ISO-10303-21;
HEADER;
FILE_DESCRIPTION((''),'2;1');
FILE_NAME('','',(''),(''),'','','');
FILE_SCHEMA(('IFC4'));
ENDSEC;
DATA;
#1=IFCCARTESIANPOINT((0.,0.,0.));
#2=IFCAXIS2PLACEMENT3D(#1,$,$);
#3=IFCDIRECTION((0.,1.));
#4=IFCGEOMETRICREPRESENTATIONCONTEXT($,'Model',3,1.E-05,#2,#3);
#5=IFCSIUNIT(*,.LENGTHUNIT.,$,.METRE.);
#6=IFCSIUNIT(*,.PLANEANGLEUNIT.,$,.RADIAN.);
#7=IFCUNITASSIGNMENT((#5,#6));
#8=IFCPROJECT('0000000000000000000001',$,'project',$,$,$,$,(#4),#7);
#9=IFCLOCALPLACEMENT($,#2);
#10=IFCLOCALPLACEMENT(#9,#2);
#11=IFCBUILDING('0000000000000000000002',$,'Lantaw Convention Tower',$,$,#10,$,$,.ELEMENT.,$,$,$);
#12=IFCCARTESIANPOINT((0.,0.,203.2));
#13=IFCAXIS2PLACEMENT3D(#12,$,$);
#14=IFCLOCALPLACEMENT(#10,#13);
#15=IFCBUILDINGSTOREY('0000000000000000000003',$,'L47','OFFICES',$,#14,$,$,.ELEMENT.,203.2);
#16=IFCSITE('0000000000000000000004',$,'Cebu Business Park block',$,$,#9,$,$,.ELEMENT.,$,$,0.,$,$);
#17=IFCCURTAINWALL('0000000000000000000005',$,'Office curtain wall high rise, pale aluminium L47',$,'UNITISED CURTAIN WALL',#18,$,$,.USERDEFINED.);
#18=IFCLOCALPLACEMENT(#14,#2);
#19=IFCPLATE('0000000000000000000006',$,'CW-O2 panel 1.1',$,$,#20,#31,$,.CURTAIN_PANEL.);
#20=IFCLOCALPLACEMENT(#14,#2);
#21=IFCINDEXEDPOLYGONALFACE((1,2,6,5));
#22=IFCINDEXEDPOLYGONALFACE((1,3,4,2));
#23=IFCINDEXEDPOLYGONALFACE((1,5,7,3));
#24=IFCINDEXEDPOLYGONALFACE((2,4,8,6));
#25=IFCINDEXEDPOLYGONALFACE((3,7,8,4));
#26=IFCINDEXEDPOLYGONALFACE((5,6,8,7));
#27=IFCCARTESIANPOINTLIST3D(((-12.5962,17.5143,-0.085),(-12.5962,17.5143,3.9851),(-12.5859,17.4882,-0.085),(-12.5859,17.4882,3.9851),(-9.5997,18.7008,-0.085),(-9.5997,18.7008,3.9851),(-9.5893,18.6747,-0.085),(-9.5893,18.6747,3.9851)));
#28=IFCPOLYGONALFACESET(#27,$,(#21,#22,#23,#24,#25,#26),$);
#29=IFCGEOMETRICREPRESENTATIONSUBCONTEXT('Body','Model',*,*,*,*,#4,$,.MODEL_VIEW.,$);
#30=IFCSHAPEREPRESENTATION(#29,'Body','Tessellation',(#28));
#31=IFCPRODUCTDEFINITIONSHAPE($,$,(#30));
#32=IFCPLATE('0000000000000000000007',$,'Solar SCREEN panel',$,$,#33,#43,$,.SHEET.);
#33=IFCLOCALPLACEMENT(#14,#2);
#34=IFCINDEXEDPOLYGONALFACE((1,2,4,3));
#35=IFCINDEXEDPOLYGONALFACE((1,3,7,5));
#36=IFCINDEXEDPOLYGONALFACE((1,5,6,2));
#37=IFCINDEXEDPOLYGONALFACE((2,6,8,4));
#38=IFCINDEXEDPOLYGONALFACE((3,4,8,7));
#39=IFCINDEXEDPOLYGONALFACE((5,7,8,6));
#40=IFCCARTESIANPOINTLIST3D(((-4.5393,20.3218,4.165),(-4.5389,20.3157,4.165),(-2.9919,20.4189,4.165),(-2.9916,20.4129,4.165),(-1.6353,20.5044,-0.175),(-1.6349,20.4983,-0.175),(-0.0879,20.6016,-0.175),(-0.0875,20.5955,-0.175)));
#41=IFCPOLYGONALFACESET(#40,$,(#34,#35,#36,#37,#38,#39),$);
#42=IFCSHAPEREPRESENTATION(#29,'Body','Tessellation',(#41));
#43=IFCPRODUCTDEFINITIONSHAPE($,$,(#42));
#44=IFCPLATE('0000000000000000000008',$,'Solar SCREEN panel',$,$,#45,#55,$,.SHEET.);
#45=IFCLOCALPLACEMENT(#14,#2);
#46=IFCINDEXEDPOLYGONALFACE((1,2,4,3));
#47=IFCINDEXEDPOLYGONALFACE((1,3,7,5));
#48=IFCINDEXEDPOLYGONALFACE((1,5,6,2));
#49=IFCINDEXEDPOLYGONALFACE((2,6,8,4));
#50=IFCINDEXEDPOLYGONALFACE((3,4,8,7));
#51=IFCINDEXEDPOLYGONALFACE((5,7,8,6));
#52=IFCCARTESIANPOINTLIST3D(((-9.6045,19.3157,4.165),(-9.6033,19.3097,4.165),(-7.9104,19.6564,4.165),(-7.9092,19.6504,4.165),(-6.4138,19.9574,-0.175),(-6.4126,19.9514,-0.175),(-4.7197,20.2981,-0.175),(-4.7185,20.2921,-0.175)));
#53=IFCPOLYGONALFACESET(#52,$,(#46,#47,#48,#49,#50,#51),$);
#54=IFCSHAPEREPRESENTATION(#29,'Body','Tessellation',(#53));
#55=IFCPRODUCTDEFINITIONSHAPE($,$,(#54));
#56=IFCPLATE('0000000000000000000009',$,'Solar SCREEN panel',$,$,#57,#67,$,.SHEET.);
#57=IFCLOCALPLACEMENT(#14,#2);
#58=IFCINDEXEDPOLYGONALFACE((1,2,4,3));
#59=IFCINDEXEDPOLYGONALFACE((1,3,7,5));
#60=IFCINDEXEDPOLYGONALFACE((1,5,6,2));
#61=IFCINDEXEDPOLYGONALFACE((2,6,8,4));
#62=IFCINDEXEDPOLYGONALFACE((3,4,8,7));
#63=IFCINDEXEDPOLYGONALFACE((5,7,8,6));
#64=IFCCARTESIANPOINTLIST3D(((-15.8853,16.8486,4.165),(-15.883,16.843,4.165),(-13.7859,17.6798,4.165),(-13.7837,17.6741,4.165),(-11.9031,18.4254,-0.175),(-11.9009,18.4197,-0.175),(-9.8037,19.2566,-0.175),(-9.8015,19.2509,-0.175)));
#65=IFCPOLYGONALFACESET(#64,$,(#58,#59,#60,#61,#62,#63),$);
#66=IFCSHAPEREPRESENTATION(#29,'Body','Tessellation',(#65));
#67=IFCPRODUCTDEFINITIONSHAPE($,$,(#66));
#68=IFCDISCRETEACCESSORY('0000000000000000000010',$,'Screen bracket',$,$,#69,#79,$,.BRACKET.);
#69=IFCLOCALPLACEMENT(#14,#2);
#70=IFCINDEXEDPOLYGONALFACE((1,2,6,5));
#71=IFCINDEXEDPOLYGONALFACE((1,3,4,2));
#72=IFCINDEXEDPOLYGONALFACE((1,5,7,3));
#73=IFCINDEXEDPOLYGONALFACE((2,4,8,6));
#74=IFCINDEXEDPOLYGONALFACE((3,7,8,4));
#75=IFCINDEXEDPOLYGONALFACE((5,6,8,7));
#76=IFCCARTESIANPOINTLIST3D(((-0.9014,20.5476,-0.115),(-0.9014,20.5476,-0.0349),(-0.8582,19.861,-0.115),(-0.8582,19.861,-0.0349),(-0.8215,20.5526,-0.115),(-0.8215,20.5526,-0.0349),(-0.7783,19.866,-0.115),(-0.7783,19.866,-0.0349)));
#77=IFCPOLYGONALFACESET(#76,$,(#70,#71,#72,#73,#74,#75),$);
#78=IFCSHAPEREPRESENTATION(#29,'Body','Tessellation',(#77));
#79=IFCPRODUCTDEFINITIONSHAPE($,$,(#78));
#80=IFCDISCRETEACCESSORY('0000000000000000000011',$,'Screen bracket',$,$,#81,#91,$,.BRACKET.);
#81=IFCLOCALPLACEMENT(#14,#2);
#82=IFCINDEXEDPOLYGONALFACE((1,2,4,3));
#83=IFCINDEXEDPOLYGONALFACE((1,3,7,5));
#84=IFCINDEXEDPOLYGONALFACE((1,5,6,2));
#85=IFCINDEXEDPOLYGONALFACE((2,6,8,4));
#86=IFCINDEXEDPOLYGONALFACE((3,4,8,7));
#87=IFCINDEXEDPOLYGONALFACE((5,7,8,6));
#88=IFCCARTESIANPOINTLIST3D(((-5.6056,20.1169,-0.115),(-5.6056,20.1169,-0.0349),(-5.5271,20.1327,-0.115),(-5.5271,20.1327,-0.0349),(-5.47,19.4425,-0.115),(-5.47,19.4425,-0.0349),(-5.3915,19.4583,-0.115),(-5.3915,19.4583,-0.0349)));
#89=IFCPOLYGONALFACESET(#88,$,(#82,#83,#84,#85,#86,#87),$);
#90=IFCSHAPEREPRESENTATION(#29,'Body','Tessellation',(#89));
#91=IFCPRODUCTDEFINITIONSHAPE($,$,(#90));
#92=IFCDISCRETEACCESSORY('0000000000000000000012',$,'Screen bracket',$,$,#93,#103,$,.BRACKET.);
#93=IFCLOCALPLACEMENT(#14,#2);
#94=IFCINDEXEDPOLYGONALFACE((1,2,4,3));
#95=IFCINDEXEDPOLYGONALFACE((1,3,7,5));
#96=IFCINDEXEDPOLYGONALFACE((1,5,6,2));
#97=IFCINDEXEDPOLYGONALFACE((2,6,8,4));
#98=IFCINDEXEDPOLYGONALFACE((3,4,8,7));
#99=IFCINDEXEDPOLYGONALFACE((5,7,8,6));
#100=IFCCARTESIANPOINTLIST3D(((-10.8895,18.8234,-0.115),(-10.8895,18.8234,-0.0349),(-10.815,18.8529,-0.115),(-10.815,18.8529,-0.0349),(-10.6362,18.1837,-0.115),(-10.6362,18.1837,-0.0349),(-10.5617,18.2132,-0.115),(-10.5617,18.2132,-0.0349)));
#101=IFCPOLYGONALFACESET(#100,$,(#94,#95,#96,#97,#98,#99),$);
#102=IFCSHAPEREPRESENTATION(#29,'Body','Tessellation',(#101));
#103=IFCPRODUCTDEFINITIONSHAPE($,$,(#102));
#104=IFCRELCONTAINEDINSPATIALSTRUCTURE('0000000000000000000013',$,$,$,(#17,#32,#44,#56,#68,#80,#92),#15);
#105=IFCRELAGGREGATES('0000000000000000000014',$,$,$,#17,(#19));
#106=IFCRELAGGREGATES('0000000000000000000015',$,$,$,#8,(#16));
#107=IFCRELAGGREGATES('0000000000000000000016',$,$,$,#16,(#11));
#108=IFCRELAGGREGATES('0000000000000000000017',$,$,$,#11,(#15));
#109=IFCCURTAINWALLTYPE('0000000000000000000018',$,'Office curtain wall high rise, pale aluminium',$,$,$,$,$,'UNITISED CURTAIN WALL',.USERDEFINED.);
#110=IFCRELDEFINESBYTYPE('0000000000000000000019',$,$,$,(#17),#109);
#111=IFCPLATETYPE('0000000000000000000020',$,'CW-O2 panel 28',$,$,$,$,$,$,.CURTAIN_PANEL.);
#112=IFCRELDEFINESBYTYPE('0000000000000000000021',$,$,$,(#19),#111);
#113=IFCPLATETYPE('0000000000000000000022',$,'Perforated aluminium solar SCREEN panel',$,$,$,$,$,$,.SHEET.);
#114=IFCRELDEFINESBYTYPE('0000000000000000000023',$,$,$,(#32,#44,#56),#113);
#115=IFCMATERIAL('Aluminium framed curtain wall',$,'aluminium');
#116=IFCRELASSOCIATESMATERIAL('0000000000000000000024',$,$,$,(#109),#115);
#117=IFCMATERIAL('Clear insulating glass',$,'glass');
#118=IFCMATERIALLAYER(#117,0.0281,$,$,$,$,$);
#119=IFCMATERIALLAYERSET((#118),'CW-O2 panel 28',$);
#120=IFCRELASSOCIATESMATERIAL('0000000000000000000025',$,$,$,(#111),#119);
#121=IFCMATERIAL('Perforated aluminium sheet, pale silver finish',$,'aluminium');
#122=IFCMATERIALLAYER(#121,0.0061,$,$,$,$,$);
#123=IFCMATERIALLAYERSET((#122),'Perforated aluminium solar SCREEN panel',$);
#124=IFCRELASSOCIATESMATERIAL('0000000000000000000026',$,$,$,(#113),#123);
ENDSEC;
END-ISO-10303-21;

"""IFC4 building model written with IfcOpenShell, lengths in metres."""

from ifc_helpers import new_model, si_unit, direction, frame, origin, origin_2d, place, context, subcontext, project, spatial, polyline, rectangle, outline, extrude, material, layer, layer_set, type_object, element, aggregate, save


model = new_model("IFC4")

# Units and contexts
model_context = context("Model", 3, precision=1e-05, world=origin(), true_north=direction((0.0, 1.0)))
body_context = subcontext(model_context, "Body", "Model", "MODEL_VIEW")
ifc_project = project(units=[si_unit("LENGTHUNIT", "METRE"), si_unit("PLANEANGLEUNIT", "RADIAN")], contexts=[model_context])

# Site, building, storey
site_placement = place(None, origin())
site = spatial("IfcSite", under=ifc_project, at=site_placement, Name="Cebu Business Park block", CompositionType="ELEMENT", RefElevation=0.0)
building_placement = place(site_placement, origin())
building = spatial("IfcBuilding", under=site, at=building_placement, Name="Lantaw Convention Tower", CompositionType="ELEMENT")
storey_placement = place(building_placement, frame((0.0, 0.0, 203.2)))
storey = spatial("IfcBuildingStorey", under=building, at=storey_placement, Name="L47", Description="OFFICES", CompositionType="ELEMENT", Elevation=203.2)

# Shared definitions
ifc_material_1 = material(Name="Aluminium framed curtain wall", Category="aluminium")
curtain_wall_type = type_object("IfcCurtainWallType", Name="Office curtain wall high rise, pale aluminium", ElementType="UNITISED CURTAIN WALL", PredefinedType="USERDEFINED", material=ifc_material_1)

# Curtain wall
curtain_wall_1_placement = place(storey_placement, origin())
curtain_wall_1 = element("IfcCurtainWall", 1, at=curtain_wall_1_placement, inside=storey, type_object=curtain_wall_type, Name="Office curtain wall high rise, pale aluminium L47", ObjectType="UNITISED CURTAIN WALL", PredefinedType="USERDEFINED")

# Plate
ifc_material_2 = material(Name="Clear insulating glass", Category="glass")
ifc_layer_1 = layer(ifc_material_2, 0.0281)
ifc_layer_set_1 = layer_set([ifc_layer_1], Name="CW-O2 panel 28")
plate_type_1 = type_object("IfcPlateType", Name="CW-O2 panel 28", PredefinedType="CURTAIN_PANEL", material=ifc_layer_set_1)
plate_1_placement = place(storey_placement, frame((-11.0928, 18.0945, -0.085), z_axis=(0.0, 0.0, 1.0), x_axis=(-0.929762, -0.368162, 0.0)))
plate_1 = element("IfcPlate", 2, at=plate_1_placement, type_object=plate_type_1, Name="CW-O2 panel 1.1", PredefinedType="CURTAIN_PANEL", context=body_context, shape_type="SweptSolid", body=[
    extrude(rectangle(XDim=3.2229, YDim=0.0281, at=origin_2d()), origin(), (0.0, 0.0, 1.0), 4.0701),
])
aggregate(curtain_wall_1, [plate_1])

# Plates
ifc_material_3 = material(Name="Perforated aluminium sheet, pale silver finish", Category="aluminium")
ifc_layer_2 = layer(ifc_material_3, 0.0061)
ifc_layer_set_2 = layer_set([ifc_layer_2], Name="Perforated aluminium solar SCREEN panel")
plate_type_2 = type_object("IfcPlateType", Name="Perforated aluminium solar SCREEN panel", PredefinedType="SHEET", material=ifc_layer_set_2)
plate_2_placement = place(storey_placement, frame((-0.0879, 20.6016, -0.175), z_axis=(-0.062672, 0.998034, 0.000059), x_axis=(-0.998034, -0.062672, 0.0)))
element("IfcPlate", 3, at=plate_2_placement, inside=storey, type_object=plate_type_2, Name="Solar SCREEN panel", PredefinedType="SHEET", context=body_context, shape_type="SweptSolid", body=[
    extrude(outline(polyline([(0.0, 0.0), (1.5504, 0.0), (4.4602, 4.3401), (2.9098, 4.3401), (0.0, 0.0)])), origin(), (0.0, 0.0, -1.0), 0.0061),
])
plate_3_placement = place(storey_placement, frame((-4.7197, 20.2981, -0.175), z_axis=(-0.197162, 0.980371, 0.000011), x_axis=(-0.980371, -0.197162, 0.0)))
element("IfcPlate", 4, at=plate_3_placement, inside=storey, type_object=plate_type_2, Name="Solar SCREEN panel", PredefinedType="SHEET", context=body_context, shape_type="SweptSolid", body=[
    extrude(outline(polyline([(0.0, 0.0), (1.728, 0.0), (4.9826, 4.3401), (3.2546, 4.3401), (0.0, 0.0)])), origin(), (0.0, 0.0, -1.0), 0.0061),
])
plate_4_placement = place(storey_placement, frame((-9.8037, 19.2566, -0.175), z_axis=(-0.368117, 0.92978, 0.000036), x_axis=(-0.92978, -0.368117, 0.0)))
element("IfcPlate", 5, at=plate_4_placement, inside=storey, type_object=plate_type_2, Name="Solar SCREEN panel", PredefinedType="SHEET", context=body_context, shape_type="SweptSolid", body=[
    extrude(outline(polyline([(0.0, 0.0), (2.258, 0.0), (6.5409, 4.3401), (4.283, 4.3401), (0.0, 0.0)])), origin(), (0.0, 0.0, -1.0), 0.0061),
])

# Discrete accessories
for number, where, z_axis, x_axis, name in (
    (6, (-0.8398, 20.2068, -0.115), (0.0, 0.0, 1.0), (-0.998029, -0.062758, 0.0), "Screen bracket"),
    (7, (-5.4985, 19.7876, -0.115), (0.0, 0.0, 1.0), (-0.980367, -0.197183, 0.0), "Screen bracket"),
    (8, (-10.7256, 18.5183, -0.115), (0.0, 0.0, 1.0), (-0.929762, -0.368162, 0.0), "Screen bracket"),
):
    element("IfcDiscreteAccessory", number, at=place(storey_placement, frame(where, z_axis=z_axis, x_axis=x_axis)), inside=storey, Name=name, PredefinedType="BRACKET", context=body_context, shape_type="SweptSolid", body=[
        extrude(rectangle(XDim=0.0801, YDim=0.688, at=origin_2d()), origin(), (0.0, 0.0, 1.0), 0.0801),
    ])

save(model, "model.ifc")
